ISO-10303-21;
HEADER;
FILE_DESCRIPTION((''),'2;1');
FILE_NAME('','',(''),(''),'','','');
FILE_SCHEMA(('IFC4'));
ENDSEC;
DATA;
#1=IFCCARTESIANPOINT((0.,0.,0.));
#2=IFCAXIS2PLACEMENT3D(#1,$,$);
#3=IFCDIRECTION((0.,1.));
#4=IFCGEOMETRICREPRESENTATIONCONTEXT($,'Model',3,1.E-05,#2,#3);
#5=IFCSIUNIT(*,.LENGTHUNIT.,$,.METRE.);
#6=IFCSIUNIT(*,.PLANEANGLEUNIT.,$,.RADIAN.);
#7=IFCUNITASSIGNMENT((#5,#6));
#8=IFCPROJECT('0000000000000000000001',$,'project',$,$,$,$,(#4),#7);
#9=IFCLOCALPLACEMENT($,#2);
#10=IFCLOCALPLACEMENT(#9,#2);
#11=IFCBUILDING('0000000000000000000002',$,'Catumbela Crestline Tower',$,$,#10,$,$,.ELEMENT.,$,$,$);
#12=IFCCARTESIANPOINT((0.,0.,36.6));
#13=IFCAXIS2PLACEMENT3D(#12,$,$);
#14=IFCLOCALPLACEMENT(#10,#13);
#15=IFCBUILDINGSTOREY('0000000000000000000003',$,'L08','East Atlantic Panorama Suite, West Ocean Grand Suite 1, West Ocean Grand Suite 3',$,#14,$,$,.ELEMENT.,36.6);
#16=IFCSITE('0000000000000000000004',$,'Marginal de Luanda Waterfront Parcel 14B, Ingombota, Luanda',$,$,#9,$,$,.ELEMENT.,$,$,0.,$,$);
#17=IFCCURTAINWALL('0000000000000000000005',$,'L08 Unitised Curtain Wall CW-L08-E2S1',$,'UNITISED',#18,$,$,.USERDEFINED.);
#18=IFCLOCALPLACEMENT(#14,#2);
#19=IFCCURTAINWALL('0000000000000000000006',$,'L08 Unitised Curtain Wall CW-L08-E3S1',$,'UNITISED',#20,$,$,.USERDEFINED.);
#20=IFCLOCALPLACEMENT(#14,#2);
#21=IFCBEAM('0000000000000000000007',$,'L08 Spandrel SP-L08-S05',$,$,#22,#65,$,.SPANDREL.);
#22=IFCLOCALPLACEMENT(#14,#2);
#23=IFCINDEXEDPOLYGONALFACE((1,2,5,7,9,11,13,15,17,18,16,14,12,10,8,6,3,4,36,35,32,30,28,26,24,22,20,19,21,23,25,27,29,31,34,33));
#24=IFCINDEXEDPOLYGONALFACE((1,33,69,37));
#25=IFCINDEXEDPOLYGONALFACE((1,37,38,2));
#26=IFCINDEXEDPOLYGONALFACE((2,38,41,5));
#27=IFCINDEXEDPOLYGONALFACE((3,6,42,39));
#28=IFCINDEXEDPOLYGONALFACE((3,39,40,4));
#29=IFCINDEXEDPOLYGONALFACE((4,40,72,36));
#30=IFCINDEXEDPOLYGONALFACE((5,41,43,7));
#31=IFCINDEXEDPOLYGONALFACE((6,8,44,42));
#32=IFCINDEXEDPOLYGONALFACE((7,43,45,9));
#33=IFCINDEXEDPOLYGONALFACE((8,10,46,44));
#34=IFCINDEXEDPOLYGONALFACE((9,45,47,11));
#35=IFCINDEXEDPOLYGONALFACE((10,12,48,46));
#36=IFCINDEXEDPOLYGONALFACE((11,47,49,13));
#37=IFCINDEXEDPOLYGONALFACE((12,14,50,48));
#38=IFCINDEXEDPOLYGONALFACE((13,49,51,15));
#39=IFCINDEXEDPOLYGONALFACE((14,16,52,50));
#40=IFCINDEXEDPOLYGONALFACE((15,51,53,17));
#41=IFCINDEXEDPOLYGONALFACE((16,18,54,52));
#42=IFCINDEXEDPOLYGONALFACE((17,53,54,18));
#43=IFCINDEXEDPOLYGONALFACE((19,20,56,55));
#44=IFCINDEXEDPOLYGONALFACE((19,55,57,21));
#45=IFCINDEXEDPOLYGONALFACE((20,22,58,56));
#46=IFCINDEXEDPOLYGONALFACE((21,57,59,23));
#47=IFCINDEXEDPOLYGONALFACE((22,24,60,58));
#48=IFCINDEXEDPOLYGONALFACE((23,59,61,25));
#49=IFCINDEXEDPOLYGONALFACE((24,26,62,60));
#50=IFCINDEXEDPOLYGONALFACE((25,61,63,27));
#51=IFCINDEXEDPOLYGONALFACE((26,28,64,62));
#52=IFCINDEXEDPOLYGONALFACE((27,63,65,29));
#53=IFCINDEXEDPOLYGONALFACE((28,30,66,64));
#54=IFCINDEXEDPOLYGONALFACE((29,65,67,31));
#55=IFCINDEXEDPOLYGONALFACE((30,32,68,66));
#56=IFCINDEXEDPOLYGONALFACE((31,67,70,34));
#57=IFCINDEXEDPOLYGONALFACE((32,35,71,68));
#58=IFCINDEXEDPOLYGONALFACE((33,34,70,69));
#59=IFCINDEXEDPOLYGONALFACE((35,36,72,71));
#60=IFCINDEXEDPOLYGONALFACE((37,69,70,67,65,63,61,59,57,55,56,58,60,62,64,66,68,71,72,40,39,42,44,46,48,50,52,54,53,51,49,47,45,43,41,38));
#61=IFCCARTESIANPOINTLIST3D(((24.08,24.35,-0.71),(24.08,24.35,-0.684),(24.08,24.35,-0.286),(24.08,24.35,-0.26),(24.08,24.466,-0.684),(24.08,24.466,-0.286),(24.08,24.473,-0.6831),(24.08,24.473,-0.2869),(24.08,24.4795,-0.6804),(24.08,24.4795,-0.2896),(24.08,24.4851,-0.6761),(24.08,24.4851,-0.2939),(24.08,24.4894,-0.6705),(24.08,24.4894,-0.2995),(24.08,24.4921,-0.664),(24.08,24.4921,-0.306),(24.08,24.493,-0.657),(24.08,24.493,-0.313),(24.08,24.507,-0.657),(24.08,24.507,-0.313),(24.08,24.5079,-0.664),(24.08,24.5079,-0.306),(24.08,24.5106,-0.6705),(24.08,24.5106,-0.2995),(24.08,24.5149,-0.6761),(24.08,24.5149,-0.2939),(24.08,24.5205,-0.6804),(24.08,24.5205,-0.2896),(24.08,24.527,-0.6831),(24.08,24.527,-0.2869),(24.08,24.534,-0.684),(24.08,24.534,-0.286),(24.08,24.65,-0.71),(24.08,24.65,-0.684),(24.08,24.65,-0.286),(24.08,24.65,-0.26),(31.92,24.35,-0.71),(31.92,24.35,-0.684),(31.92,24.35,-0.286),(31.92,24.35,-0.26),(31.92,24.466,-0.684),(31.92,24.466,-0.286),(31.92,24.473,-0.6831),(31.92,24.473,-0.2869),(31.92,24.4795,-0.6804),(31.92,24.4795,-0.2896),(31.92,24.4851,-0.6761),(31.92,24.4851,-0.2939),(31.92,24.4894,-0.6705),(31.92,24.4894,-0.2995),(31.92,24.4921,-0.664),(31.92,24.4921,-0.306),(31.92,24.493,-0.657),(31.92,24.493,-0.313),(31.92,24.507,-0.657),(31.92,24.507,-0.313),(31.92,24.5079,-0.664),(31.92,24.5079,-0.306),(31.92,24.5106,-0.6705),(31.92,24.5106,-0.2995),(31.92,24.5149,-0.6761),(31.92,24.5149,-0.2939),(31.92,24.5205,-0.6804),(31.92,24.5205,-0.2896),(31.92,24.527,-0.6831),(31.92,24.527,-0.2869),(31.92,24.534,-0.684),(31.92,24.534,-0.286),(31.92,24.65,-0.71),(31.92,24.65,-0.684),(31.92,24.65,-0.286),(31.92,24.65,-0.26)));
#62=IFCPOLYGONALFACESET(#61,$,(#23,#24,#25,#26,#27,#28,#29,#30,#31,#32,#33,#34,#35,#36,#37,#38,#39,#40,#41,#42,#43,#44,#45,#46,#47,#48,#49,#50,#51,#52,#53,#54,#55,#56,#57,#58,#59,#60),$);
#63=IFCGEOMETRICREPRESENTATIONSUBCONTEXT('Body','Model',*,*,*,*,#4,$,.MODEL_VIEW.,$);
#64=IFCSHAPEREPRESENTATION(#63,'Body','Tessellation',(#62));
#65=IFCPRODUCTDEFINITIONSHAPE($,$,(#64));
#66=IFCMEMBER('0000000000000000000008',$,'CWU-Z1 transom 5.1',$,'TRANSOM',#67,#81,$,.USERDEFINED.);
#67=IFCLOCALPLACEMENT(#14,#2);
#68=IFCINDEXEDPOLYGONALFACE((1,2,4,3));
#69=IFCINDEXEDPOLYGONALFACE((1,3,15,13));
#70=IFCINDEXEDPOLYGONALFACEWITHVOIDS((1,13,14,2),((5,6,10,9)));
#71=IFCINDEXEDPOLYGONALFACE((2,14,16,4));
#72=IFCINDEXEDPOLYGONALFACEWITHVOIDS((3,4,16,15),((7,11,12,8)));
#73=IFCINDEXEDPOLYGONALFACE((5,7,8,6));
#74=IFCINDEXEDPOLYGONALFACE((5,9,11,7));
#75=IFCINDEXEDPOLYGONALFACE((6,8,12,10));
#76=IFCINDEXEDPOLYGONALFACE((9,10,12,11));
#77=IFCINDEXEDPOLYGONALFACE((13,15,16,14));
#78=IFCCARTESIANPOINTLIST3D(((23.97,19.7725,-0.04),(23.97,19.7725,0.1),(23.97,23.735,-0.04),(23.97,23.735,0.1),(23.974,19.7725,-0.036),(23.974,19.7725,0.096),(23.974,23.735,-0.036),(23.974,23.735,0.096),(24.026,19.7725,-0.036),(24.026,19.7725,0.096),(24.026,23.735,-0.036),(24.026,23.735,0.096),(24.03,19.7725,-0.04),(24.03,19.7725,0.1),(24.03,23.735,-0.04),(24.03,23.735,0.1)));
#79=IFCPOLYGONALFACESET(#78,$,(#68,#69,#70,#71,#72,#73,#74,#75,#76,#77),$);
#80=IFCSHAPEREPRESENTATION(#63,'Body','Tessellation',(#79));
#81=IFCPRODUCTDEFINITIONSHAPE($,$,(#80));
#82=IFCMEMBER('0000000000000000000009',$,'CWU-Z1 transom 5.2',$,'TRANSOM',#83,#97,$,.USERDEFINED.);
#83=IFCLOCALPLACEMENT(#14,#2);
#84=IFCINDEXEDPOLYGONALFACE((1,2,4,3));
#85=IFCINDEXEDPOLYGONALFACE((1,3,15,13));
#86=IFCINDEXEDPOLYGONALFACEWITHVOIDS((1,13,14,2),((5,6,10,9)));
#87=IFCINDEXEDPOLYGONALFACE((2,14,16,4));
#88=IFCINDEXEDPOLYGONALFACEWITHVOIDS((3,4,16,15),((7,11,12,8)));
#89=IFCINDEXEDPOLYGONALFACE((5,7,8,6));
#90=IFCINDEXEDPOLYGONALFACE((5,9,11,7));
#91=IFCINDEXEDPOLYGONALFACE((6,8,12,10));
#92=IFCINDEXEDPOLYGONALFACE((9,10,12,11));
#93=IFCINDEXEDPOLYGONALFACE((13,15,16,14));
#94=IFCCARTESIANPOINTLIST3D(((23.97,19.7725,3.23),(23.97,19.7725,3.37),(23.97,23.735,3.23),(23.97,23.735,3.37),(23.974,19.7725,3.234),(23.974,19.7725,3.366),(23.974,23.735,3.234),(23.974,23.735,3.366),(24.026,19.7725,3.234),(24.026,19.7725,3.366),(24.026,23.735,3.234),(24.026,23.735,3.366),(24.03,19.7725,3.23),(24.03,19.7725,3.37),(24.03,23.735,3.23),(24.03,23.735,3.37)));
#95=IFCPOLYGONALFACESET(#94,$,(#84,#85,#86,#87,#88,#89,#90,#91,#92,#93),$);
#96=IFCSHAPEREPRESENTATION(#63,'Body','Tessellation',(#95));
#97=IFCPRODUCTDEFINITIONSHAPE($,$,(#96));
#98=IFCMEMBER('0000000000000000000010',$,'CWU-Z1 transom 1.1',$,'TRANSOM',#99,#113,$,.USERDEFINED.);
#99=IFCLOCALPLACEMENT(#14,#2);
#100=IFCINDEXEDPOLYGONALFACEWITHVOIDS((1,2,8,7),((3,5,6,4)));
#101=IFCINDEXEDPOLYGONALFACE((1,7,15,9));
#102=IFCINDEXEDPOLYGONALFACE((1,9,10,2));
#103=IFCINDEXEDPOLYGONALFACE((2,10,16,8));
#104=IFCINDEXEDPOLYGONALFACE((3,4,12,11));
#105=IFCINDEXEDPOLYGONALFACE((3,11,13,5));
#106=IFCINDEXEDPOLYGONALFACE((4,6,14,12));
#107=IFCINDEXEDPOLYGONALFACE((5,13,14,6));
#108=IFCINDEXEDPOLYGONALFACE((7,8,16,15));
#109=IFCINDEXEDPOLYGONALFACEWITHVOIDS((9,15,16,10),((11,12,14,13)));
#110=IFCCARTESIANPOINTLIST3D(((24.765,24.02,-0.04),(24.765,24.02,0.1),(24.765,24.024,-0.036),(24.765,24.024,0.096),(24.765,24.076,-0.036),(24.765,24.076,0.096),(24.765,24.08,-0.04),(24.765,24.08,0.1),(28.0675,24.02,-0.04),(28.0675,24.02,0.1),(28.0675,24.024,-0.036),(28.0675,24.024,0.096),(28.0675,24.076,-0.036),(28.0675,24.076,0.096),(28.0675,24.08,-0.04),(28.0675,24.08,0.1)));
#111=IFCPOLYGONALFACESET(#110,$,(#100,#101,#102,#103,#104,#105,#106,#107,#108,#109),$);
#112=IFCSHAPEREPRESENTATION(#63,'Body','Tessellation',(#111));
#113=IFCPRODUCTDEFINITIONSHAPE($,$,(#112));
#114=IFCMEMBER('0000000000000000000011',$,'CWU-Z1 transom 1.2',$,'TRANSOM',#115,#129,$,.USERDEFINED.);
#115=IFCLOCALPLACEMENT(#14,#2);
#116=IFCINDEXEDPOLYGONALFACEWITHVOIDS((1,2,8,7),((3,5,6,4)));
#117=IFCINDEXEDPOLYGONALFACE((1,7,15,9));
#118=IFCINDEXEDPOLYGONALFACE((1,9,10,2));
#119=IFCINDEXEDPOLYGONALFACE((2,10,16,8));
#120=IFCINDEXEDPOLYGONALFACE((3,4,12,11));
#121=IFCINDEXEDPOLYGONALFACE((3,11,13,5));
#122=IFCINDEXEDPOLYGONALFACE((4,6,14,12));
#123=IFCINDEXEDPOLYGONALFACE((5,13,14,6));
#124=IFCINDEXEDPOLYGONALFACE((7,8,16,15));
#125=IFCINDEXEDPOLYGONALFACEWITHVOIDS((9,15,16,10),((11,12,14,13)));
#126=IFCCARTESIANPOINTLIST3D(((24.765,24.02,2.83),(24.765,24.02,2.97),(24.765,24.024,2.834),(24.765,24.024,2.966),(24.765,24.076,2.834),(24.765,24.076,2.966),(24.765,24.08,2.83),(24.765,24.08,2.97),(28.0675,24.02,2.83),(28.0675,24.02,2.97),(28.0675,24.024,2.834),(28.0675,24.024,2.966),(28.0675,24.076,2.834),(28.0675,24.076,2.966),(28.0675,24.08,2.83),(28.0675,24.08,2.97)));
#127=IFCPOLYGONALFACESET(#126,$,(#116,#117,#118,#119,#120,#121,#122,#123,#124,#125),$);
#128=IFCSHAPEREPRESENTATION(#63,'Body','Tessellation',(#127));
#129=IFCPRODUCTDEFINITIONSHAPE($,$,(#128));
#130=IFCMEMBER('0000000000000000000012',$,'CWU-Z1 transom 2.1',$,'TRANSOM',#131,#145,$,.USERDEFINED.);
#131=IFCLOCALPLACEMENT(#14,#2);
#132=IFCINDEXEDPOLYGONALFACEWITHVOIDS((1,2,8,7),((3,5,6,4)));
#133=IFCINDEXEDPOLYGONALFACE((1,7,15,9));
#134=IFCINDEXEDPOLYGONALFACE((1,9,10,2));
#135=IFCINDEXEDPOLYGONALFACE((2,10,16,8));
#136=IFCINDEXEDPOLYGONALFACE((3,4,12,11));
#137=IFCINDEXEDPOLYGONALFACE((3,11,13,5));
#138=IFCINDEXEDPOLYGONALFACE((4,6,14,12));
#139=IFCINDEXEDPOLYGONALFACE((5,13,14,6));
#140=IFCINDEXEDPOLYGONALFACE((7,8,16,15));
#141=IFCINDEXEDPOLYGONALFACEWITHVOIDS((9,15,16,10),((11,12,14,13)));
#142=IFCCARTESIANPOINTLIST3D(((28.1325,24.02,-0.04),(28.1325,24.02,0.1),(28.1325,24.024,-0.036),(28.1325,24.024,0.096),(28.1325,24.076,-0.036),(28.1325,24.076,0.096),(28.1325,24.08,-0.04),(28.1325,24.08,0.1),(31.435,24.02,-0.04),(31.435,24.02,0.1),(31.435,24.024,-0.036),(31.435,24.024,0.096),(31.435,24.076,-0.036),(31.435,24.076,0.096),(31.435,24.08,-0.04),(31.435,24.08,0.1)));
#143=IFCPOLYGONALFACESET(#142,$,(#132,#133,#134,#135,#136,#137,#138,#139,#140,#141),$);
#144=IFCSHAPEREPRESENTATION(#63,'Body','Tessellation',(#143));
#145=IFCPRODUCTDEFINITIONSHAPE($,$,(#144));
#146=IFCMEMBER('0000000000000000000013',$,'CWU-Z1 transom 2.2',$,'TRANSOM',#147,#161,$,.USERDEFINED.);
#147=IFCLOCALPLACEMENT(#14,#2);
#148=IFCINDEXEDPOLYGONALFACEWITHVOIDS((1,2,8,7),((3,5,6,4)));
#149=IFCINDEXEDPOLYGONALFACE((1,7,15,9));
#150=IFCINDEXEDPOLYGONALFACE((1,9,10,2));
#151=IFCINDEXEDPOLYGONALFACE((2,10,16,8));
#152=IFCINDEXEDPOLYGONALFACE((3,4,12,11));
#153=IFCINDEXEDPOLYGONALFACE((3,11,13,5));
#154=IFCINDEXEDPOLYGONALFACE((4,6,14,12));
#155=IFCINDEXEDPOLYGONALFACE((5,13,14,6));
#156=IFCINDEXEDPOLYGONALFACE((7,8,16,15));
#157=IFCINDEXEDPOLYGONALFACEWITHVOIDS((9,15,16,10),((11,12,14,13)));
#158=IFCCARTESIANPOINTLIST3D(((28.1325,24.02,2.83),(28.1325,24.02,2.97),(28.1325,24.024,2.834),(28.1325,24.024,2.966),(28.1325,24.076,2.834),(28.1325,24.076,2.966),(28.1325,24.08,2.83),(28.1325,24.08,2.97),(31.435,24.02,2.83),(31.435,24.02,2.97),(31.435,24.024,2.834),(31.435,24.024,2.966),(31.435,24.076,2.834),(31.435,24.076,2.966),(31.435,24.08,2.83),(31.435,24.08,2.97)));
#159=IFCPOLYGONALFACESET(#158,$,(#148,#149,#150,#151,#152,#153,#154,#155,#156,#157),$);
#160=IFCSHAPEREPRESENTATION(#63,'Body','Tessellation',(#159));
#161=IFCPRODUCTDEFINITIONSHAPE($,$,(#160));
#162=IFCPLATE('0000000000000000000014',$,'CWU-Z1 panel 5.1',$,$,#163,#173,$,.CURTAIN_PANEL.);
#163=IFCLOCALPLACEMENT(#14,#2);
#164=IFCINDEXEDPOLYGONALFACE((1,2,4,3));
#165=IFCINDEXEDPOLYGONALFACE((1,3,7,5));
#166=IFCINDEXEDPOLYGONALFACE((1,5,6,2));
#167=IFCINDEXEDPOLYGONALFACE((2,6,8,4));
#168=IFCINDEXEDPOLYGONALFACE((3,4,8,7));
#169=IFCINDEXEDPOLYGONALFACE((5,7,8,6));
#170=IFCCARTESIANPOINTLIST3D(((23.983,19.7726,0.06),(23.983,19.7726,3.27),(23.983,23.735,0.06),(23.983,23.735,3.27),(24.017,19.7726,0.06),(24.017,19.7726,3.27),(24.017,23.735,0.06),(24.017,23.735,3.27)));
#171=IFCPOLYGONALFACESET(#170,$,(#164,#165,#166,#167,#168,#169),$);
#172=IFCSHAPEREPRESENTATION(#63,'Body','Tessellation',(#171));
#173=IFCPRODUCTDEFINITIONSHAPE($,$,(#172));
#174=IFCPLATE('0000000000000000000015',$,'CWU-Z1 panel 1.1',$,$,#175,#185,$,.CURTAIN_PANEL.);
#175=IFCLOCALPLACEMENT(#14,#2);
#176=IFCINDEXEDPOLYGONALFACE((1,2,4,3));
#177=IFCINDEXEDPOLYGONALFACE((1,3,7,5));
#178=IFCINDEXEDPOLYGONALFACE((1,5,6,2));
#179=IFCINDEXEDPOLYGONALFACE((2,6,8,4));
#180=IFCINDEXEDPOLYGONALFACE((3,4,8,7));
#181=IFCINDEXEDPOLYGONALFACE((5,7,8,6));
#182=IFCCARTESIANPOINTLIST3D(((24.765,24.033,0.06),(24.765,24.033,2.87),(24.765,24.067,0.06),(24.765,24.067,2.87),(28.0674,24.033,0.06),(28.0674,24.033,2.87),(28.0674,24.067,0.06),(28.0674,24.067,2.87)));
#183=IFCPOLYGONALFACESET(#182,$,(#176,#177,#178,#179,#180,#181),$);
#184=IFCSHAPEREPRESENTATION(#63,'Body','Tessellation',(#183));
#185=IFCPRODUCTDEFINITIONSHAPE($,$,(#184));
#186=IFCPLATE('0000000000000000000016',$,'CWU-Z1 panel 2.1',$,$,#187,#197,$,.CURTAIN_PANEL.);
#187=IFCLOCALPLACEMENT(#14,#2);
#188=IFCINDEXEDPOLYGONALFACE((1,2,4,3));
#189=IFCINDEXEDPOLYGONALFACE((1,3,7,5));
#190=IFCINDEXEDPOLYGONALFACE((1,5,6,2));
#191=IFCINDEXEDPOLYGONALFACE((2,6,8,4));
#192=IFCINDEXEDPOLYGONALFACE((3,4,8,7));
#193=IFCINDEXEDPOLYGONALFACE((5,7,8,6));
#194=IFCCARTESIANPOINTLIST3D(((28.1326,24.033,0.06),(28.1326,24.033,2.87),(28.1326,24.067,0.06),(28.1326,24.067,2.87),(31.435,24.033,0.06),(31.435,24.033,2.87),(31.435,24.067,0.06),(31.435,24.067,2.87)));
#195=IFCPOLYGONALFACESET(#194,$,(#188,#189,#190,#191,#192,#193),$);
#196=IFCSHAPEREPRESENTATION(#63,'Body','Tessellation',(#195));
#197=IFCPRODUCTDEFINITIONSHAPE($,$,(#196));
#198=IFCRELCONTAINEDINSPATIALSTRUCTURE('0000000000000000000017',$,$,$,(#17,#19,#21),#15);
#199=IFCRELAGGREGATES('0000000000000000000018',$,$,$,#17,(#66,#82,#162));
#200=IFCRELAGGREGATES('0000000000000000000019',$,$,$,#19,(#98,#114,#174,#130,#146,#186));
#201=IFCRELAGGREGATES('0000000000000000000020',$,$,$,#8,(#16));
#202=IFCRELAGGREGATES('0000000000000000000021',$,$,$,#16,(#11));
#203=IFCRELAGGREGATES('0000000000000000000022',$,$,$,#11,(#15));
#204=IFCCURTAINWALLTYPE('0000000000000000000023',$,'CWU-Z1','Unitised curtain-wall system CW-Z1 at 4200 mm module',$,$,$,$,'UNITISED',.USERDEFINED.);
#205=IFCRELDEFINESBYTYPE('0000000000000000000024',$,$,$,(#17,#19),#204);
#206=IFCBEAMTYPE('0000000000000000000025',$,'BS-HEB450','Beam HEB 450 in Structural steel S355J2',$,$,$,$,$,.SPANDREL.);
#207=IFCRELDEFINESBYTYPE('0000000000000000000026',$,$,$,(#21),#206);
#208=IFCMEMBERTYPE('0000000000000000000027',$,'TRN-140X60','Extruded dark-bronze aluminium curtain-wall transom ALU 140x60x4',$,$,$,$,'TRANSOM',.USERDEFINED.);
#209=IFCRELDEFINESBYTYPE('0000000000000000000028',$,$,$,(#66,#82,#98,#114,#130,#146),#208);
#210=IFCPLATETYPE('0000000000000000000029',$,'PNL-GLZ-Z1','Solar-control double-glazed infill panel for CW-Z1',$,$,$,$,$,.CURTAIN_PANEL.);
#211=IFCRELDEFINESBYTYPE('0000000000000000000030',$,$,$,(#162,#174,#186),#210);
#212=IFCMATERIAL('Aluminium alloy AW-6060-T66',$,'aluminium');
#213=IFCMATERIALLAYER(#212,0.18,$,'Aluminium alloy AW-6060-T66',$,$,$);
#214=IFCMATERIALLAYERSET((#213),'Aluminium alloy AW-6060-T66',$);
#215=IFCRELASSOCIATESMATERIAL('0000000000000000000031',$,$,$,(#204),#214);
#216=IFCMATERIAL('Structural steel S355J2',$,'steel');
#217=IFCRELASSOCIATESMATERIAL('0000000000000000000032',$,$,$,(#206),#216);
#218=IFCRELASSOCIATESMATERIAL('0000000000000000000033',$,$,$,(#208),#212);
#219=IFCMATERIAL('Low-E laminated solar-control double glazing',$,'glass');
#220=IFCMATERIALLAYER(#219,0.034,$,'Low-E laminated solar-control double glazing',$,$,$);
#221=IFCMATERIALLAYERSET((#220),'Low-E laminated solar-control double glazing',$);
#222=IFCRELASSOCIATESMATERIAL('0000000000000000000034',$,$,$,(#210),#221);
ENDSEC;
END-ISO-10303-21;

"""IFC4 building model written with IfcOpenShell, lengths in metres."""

from ifc_helpers import new_model, si_unit, direction, frame, origin, origin_2d, place, context, subcontext, project, spatial, rectangle, hollow_rectangle, i_section, extrude, material, layer, layer_set, material_profile, profile_set, type_object, element, aggregate, save


model = new_model("IFC4")

# Units and contexts
model_context = context("Model", 3, precision=1e-05, world=origin(), true_north=direction((0.0, 1.0)))
body_context = subcontext(model_context, "Body", "Model", "MODEL_VIEW")
ifc_project = project(units=[si_unit("LENGTHUNIT", "METRE"), si_unit("PLANEANGLEUNIT", "RADIAN")], contexts=[model_context])

# Site, building, storey
site_placement = place(None, origin())
site = spatial("IfcSite", under=ifc_project, at=site_placement, Name="Marginal de Luanda Waterfront Parcel 14B, Ingombota, Luanda", CompositionType="ELEMENT", RefElevation=0.0)
building_placement = place(site_placement, origin())
building = spatial("IfcBuilding", under=site, at=building_placement, Name="Catumbela Crestline Tower", CompositionType="ELEMENT")
storey_placement = place(building_placement, frame((0.0, 0.0, 36.6)))
storey = spatial("IfcBuildingStorey", under=building, at=storey_placement, Name="L08", Description="East Atlantic Panorama Suite, West Ocean Grand Suite 1, West Ocean Grand Suite 3", CompositionType="ELEMENT", Elevation=36.6)

# Shared definitions
ifc_material_1 = material(Name="Structural steel S355J2", Category="steel")

# Curtain walls
ifc_material_2 = material(Name="Aluminium alloy AW-6060-T66", Category="aluminium")
ifc_layer_1 = layer(ifc_material_2, 0.18, Name="Aluminium alloy AW-6060-T66")
ifc_layer_set_1 = layer_set([ifc_layer_1], Name="Aluminium alloy AW-6060-T66")
curtain_wall_type = type_object("IfcCurtainWallType", Name="CWU-Z1", Description="Unitised curtain-wall system CW-Z1 at 4200 mm module", ElementType="UNITISED", PredefinedType="USERDEFINED", material=ifc_layer_set_1)
curtain_wall_1_placement = place(storey_placement, origin())
curtain_wall_1 = element("IfcCurtainWall", 1, at=curtain_wall_1_placement, inside=storey, type_object=curtain_wall_type, Name="L08 Unitised Curtain Wall CW-L08-E2S1", ObjectType="UNITISED", PredefinedType="USERDEFINED")
curtain_wall_2_placement = place(storey_placement, origin())
curtain_wall_2 = element("IfcCurtainWall", 2, at=curtain_wall_2_placement, inside=storey, type_object=curtain_wall_type, Name="L08 Unitised Curtain Wall CW-L08-E3S1", ObjectType="UNITISED", PredefinedType="USERDEFINED")

# Beam
ifc_material_profile_1 = material_profile(ifc_material_1, i_section(OverallWidth=0.3, OverallDepth=0.45, WebThickness=0.014, FlangeThickness=0.026, FilletRadius=0.027, at=origin_2d()), Name="HEB 450")
ifc_profile_set_1 = profile_set([ifc_material_profile_1], Name="Structural steel S355J2")
beam_type_1 = type_object("IfcBeamType", Name="BS-HEB450", Description="Beam HEB 450 in Structural steel S355J2", PredefinedType="SPANDREL", material=ifc_profile_set_1)
beam_1_placement = place(storey_placement, frame((24.08, 24.5, -0.485), z_axis=(1.0, 0.0, 0.0), x_axis=(0.0, 1.0, 0.0)))
element("IfcBeam", 3, at=beam_1_placement, inside=storey, type_object=beam_type_1, Name="L08 Spandrel SP-L08-S05", PredefinedType="SPANDREL", context=body_context, shape_type="SweptSolid", body=[
    extrude(i_section(OverallWidth=0.3, OverallDepth=0.45, WebThickness=0.014, FlangeThickness=0.026, FilletRadius=0.027, at=origin_2d()), origin(), (0.0, 0.0, 1.0), 7.84),
])

# Members
ifc_material_profile_2 = material_profile(ifc_material_2, hollow_rectangle(XDim=0.06, YDim=0.14, WallThickness=0.004, at=origin_2d()), Name="ALU 140x60x4")
ifc_profile_set_2 = profile_set([ifc_material_profile_2], Name="Aluminium alloy AW-6060-T66")
member_type_1 = type_object("IfcMemberType", Name="TRN-140X60", Description="Extruded dark-bronze aluminium curtain-wall transom ALU 140x60x4", ElementType="TRANSOM", PredefinedType="USERDEFINED", material=ifc_profile_set_2)
member_1_placement = place(storey_placement, frame((24.0, 19.7725, 0.03), z_axis=(0.0, 1.0, 0.0), x_axis=(-1.0, 0.0, 0.0)))
member_1 = element("IfcMember", 4, at=member_1_placement, type_object=member_type_1, Name="CWU-Z1 transom 5.1", ObjectType="TRANSOM", PredefinedType="USERDEFINED", context=body_context, shape_type="SweptSolid", body=[
    extrude(hollow_rectangle(XDim=0.06, YDim=0.14, WallThickness=0.004, at=origin_2d()), origin(), (0.0, 0.0, 1.0), 3.9625),
])
member_2_placement = place(storey_placement, frame((24.0, 19.7725, 3.3), z_axis=(0.0, 1.0, 0.0), x_axis=(-1.0, 0.0, 0.0)))
member_2 = element("IfcMember", 5, at=member_2_placement, type_object=member_type_1, Name="CWU-Z1 transom 5.2", ObjectType="TRANSOM", PredefinedType="USERDEFINED", context=body_context, shape_type="SweptSolid", body=[
    extrude(hollow_rectangle(XDim=0.06, YDim=0.14, WallThickness=0.004, at=origin_2d()), origin(), (0.0, 0.0, 1.0), 3.9625),
])
member_3_placement = place(storey_placement, frame((24.765, 24.05, 0.03), z_axis=(1.0, 0.0, 0.0), x_axis=(0.0, 1.0, 0.0)))
member_3 = element("IfcMember", 6, at=member_3_placement, type_object=member_type_1, Name="CWU-Z1 transom 1.1", ObjectType="TRANSOM", PredefinedType="USERDEFINED", context=body_context, shape_type="SweptSolid", body=[
    extrude(hollow_rectangle(XDim=0.06, YDim=0.14, WallThickness=0.004, at=origin_2d()), origin(), (0.0, 0.0, 1.0), 3.3025),
])
member_4_placement = place(storey_placement, frame((24.765, 24.05, 2.9), z_axis=(1.0, 0.0, 0.0), x_axis=(0.0, 1.0, 0.0)))
member_4 = element("IfcMember", 7, at=member_4_placement, type_object=member_type_1, Name="CWU-Z1 transom 1.2", ObjectType="TRANSOM", PredefinedType="USERDEFINED", context=body_context, shape_type="SweptSolid", body=[
    extrude(hollow_rectangle(XDim=0.06, YDim=0.14, WallThickness=0.004, at=origin_2d()), origin(), (0.0, 0.0, 1.0), 3.3025),
])
member_5_placement = place(storey_placement, frame((28.1325, 24.05, 0.03), z_axis=(1.0, 0.0, 0.0), x_axis=(0.0, 1.0, 0.0)))
member_5 = element("IfcMember", 8, at=member_5_placement, type_object=member_type_1, Name="CWU-Z1 transom 2.1", ObjectType="TRANSOM", PredefinedType="USERDEFINED", context=body_context, shape_type="SweptSolid", body=[
    extrude(hollow_rectangle(XDim=0.06, YDim=0.14, WallThickness=0.004, at=origin_2d()), origin(), (0.0, 0.0, 1.0), 3.3025),
])
member_6_placement = place(storey_placement, frame((28.1325, 24.05, 2.9), z_axis=(1.0, 0.0, 0.0), x_axis=(0.0, 1.0, 0.0)))
member_6 = element("IfcMember", 9, at=member_6_placement, type_object=member_type_1, Name="CWU-Z1 transom 2.2", ObjectType="TRANSOM", PredefinedType="USERDEFINED", context=body_context, shape_type="SweptSolid", body=[
    extrude(hollow_rectangle(XDim=0.06, YDim=0.14, WallThickness=0.004, at=origin_2d()), origin(), (0.0, 0.0, 1.0), 3.3025),
])

# Plates
ifc_material_3 = material(Name="Low-E laminated solar-control double glazing", Category="glass")
ifc_layer_2 = layer(ifc_material_3, 0.034, Name="Low-E laminated solar-control double glazing")
ifc_layer_set_2 = layer_set([ifc_layer_2], Name="Low-E laminated solar-control double glazing")
plate_type = type_object("IfcPlateType", Name="PNL-GLZ-Z1", Description="Solar-control double-glazed infill panel for CW-Z1", PredefinedType="CURTAIN_PANEL", material=ifc_layer_set_2)
plate_1_placement = place(storey_placement, frame((24.0, 21.7538, 0.06), z_axis=(0.0, 0.0, 1.0), x_axis=(0.0, 1.0, 0.0)))
plate_1 = element("IfcPlate", 10, at=plate_1_placement, type_object=plate_type, Name="CWU-Z1 panel 5.1", PredefinedType="CURTAIN_PANEL", context=body_context, shape_type="SweptSolid", body=[
    extrude(rectangle(XDim=3.9625, YDim=0.034, at=origin_2d()), origin(), (0.0, 0.0, 1.0), 3.21),
])
aggregate(curtain_wall_1, [member_1, member_2, plate_1])
plate_2_placement = place(storey_placement, frame((26.4162, 24.05, 0.06), z_axis=(0.0, 0.0, 1.0), x_axis=(1.0, 0.0, 0.0)))
plate_2 = element("IfcPlate", 11, at=plate_2_placement, type_object=plate_type, Name="CWU-Z1 panel 1.1", PredefinedType="CURTAIN_PANEL", context=body_context, shape_type="SweptSolid", body=[
    extrude(rectangle(XDim=3.3025, YDim=0.034, at=origin_2d()), origin(), (0.0, 0.0, 1.0), 2.81),
])
plate_3_placement = place(storey_placement, frame((29.7838, 24.05, 0.06), z_axis=(0.0, 0.0, 1.0), x_axis=(1.0, 0.0, 0.0)))
plate_3 = element("IfcPlate", 12, at=plate_3_placement, type_object=plate_type, Name="CWU-Z1 panel 2.1", PredefinedType="CURTAIN_PANEL", context=body_context, shape_type="SweptSolid", body=[
    extrude(rectangle(XDim=3.3025, YDim=0.034, at=origin_2d()), origin(), (0.0, 0.0, 1.0), 2.81),
])
aggregate(curtain_wall_2, [member_3, member_4, plate_2, member_5, member_6, plate_3])

save(model, "model.ifc")
